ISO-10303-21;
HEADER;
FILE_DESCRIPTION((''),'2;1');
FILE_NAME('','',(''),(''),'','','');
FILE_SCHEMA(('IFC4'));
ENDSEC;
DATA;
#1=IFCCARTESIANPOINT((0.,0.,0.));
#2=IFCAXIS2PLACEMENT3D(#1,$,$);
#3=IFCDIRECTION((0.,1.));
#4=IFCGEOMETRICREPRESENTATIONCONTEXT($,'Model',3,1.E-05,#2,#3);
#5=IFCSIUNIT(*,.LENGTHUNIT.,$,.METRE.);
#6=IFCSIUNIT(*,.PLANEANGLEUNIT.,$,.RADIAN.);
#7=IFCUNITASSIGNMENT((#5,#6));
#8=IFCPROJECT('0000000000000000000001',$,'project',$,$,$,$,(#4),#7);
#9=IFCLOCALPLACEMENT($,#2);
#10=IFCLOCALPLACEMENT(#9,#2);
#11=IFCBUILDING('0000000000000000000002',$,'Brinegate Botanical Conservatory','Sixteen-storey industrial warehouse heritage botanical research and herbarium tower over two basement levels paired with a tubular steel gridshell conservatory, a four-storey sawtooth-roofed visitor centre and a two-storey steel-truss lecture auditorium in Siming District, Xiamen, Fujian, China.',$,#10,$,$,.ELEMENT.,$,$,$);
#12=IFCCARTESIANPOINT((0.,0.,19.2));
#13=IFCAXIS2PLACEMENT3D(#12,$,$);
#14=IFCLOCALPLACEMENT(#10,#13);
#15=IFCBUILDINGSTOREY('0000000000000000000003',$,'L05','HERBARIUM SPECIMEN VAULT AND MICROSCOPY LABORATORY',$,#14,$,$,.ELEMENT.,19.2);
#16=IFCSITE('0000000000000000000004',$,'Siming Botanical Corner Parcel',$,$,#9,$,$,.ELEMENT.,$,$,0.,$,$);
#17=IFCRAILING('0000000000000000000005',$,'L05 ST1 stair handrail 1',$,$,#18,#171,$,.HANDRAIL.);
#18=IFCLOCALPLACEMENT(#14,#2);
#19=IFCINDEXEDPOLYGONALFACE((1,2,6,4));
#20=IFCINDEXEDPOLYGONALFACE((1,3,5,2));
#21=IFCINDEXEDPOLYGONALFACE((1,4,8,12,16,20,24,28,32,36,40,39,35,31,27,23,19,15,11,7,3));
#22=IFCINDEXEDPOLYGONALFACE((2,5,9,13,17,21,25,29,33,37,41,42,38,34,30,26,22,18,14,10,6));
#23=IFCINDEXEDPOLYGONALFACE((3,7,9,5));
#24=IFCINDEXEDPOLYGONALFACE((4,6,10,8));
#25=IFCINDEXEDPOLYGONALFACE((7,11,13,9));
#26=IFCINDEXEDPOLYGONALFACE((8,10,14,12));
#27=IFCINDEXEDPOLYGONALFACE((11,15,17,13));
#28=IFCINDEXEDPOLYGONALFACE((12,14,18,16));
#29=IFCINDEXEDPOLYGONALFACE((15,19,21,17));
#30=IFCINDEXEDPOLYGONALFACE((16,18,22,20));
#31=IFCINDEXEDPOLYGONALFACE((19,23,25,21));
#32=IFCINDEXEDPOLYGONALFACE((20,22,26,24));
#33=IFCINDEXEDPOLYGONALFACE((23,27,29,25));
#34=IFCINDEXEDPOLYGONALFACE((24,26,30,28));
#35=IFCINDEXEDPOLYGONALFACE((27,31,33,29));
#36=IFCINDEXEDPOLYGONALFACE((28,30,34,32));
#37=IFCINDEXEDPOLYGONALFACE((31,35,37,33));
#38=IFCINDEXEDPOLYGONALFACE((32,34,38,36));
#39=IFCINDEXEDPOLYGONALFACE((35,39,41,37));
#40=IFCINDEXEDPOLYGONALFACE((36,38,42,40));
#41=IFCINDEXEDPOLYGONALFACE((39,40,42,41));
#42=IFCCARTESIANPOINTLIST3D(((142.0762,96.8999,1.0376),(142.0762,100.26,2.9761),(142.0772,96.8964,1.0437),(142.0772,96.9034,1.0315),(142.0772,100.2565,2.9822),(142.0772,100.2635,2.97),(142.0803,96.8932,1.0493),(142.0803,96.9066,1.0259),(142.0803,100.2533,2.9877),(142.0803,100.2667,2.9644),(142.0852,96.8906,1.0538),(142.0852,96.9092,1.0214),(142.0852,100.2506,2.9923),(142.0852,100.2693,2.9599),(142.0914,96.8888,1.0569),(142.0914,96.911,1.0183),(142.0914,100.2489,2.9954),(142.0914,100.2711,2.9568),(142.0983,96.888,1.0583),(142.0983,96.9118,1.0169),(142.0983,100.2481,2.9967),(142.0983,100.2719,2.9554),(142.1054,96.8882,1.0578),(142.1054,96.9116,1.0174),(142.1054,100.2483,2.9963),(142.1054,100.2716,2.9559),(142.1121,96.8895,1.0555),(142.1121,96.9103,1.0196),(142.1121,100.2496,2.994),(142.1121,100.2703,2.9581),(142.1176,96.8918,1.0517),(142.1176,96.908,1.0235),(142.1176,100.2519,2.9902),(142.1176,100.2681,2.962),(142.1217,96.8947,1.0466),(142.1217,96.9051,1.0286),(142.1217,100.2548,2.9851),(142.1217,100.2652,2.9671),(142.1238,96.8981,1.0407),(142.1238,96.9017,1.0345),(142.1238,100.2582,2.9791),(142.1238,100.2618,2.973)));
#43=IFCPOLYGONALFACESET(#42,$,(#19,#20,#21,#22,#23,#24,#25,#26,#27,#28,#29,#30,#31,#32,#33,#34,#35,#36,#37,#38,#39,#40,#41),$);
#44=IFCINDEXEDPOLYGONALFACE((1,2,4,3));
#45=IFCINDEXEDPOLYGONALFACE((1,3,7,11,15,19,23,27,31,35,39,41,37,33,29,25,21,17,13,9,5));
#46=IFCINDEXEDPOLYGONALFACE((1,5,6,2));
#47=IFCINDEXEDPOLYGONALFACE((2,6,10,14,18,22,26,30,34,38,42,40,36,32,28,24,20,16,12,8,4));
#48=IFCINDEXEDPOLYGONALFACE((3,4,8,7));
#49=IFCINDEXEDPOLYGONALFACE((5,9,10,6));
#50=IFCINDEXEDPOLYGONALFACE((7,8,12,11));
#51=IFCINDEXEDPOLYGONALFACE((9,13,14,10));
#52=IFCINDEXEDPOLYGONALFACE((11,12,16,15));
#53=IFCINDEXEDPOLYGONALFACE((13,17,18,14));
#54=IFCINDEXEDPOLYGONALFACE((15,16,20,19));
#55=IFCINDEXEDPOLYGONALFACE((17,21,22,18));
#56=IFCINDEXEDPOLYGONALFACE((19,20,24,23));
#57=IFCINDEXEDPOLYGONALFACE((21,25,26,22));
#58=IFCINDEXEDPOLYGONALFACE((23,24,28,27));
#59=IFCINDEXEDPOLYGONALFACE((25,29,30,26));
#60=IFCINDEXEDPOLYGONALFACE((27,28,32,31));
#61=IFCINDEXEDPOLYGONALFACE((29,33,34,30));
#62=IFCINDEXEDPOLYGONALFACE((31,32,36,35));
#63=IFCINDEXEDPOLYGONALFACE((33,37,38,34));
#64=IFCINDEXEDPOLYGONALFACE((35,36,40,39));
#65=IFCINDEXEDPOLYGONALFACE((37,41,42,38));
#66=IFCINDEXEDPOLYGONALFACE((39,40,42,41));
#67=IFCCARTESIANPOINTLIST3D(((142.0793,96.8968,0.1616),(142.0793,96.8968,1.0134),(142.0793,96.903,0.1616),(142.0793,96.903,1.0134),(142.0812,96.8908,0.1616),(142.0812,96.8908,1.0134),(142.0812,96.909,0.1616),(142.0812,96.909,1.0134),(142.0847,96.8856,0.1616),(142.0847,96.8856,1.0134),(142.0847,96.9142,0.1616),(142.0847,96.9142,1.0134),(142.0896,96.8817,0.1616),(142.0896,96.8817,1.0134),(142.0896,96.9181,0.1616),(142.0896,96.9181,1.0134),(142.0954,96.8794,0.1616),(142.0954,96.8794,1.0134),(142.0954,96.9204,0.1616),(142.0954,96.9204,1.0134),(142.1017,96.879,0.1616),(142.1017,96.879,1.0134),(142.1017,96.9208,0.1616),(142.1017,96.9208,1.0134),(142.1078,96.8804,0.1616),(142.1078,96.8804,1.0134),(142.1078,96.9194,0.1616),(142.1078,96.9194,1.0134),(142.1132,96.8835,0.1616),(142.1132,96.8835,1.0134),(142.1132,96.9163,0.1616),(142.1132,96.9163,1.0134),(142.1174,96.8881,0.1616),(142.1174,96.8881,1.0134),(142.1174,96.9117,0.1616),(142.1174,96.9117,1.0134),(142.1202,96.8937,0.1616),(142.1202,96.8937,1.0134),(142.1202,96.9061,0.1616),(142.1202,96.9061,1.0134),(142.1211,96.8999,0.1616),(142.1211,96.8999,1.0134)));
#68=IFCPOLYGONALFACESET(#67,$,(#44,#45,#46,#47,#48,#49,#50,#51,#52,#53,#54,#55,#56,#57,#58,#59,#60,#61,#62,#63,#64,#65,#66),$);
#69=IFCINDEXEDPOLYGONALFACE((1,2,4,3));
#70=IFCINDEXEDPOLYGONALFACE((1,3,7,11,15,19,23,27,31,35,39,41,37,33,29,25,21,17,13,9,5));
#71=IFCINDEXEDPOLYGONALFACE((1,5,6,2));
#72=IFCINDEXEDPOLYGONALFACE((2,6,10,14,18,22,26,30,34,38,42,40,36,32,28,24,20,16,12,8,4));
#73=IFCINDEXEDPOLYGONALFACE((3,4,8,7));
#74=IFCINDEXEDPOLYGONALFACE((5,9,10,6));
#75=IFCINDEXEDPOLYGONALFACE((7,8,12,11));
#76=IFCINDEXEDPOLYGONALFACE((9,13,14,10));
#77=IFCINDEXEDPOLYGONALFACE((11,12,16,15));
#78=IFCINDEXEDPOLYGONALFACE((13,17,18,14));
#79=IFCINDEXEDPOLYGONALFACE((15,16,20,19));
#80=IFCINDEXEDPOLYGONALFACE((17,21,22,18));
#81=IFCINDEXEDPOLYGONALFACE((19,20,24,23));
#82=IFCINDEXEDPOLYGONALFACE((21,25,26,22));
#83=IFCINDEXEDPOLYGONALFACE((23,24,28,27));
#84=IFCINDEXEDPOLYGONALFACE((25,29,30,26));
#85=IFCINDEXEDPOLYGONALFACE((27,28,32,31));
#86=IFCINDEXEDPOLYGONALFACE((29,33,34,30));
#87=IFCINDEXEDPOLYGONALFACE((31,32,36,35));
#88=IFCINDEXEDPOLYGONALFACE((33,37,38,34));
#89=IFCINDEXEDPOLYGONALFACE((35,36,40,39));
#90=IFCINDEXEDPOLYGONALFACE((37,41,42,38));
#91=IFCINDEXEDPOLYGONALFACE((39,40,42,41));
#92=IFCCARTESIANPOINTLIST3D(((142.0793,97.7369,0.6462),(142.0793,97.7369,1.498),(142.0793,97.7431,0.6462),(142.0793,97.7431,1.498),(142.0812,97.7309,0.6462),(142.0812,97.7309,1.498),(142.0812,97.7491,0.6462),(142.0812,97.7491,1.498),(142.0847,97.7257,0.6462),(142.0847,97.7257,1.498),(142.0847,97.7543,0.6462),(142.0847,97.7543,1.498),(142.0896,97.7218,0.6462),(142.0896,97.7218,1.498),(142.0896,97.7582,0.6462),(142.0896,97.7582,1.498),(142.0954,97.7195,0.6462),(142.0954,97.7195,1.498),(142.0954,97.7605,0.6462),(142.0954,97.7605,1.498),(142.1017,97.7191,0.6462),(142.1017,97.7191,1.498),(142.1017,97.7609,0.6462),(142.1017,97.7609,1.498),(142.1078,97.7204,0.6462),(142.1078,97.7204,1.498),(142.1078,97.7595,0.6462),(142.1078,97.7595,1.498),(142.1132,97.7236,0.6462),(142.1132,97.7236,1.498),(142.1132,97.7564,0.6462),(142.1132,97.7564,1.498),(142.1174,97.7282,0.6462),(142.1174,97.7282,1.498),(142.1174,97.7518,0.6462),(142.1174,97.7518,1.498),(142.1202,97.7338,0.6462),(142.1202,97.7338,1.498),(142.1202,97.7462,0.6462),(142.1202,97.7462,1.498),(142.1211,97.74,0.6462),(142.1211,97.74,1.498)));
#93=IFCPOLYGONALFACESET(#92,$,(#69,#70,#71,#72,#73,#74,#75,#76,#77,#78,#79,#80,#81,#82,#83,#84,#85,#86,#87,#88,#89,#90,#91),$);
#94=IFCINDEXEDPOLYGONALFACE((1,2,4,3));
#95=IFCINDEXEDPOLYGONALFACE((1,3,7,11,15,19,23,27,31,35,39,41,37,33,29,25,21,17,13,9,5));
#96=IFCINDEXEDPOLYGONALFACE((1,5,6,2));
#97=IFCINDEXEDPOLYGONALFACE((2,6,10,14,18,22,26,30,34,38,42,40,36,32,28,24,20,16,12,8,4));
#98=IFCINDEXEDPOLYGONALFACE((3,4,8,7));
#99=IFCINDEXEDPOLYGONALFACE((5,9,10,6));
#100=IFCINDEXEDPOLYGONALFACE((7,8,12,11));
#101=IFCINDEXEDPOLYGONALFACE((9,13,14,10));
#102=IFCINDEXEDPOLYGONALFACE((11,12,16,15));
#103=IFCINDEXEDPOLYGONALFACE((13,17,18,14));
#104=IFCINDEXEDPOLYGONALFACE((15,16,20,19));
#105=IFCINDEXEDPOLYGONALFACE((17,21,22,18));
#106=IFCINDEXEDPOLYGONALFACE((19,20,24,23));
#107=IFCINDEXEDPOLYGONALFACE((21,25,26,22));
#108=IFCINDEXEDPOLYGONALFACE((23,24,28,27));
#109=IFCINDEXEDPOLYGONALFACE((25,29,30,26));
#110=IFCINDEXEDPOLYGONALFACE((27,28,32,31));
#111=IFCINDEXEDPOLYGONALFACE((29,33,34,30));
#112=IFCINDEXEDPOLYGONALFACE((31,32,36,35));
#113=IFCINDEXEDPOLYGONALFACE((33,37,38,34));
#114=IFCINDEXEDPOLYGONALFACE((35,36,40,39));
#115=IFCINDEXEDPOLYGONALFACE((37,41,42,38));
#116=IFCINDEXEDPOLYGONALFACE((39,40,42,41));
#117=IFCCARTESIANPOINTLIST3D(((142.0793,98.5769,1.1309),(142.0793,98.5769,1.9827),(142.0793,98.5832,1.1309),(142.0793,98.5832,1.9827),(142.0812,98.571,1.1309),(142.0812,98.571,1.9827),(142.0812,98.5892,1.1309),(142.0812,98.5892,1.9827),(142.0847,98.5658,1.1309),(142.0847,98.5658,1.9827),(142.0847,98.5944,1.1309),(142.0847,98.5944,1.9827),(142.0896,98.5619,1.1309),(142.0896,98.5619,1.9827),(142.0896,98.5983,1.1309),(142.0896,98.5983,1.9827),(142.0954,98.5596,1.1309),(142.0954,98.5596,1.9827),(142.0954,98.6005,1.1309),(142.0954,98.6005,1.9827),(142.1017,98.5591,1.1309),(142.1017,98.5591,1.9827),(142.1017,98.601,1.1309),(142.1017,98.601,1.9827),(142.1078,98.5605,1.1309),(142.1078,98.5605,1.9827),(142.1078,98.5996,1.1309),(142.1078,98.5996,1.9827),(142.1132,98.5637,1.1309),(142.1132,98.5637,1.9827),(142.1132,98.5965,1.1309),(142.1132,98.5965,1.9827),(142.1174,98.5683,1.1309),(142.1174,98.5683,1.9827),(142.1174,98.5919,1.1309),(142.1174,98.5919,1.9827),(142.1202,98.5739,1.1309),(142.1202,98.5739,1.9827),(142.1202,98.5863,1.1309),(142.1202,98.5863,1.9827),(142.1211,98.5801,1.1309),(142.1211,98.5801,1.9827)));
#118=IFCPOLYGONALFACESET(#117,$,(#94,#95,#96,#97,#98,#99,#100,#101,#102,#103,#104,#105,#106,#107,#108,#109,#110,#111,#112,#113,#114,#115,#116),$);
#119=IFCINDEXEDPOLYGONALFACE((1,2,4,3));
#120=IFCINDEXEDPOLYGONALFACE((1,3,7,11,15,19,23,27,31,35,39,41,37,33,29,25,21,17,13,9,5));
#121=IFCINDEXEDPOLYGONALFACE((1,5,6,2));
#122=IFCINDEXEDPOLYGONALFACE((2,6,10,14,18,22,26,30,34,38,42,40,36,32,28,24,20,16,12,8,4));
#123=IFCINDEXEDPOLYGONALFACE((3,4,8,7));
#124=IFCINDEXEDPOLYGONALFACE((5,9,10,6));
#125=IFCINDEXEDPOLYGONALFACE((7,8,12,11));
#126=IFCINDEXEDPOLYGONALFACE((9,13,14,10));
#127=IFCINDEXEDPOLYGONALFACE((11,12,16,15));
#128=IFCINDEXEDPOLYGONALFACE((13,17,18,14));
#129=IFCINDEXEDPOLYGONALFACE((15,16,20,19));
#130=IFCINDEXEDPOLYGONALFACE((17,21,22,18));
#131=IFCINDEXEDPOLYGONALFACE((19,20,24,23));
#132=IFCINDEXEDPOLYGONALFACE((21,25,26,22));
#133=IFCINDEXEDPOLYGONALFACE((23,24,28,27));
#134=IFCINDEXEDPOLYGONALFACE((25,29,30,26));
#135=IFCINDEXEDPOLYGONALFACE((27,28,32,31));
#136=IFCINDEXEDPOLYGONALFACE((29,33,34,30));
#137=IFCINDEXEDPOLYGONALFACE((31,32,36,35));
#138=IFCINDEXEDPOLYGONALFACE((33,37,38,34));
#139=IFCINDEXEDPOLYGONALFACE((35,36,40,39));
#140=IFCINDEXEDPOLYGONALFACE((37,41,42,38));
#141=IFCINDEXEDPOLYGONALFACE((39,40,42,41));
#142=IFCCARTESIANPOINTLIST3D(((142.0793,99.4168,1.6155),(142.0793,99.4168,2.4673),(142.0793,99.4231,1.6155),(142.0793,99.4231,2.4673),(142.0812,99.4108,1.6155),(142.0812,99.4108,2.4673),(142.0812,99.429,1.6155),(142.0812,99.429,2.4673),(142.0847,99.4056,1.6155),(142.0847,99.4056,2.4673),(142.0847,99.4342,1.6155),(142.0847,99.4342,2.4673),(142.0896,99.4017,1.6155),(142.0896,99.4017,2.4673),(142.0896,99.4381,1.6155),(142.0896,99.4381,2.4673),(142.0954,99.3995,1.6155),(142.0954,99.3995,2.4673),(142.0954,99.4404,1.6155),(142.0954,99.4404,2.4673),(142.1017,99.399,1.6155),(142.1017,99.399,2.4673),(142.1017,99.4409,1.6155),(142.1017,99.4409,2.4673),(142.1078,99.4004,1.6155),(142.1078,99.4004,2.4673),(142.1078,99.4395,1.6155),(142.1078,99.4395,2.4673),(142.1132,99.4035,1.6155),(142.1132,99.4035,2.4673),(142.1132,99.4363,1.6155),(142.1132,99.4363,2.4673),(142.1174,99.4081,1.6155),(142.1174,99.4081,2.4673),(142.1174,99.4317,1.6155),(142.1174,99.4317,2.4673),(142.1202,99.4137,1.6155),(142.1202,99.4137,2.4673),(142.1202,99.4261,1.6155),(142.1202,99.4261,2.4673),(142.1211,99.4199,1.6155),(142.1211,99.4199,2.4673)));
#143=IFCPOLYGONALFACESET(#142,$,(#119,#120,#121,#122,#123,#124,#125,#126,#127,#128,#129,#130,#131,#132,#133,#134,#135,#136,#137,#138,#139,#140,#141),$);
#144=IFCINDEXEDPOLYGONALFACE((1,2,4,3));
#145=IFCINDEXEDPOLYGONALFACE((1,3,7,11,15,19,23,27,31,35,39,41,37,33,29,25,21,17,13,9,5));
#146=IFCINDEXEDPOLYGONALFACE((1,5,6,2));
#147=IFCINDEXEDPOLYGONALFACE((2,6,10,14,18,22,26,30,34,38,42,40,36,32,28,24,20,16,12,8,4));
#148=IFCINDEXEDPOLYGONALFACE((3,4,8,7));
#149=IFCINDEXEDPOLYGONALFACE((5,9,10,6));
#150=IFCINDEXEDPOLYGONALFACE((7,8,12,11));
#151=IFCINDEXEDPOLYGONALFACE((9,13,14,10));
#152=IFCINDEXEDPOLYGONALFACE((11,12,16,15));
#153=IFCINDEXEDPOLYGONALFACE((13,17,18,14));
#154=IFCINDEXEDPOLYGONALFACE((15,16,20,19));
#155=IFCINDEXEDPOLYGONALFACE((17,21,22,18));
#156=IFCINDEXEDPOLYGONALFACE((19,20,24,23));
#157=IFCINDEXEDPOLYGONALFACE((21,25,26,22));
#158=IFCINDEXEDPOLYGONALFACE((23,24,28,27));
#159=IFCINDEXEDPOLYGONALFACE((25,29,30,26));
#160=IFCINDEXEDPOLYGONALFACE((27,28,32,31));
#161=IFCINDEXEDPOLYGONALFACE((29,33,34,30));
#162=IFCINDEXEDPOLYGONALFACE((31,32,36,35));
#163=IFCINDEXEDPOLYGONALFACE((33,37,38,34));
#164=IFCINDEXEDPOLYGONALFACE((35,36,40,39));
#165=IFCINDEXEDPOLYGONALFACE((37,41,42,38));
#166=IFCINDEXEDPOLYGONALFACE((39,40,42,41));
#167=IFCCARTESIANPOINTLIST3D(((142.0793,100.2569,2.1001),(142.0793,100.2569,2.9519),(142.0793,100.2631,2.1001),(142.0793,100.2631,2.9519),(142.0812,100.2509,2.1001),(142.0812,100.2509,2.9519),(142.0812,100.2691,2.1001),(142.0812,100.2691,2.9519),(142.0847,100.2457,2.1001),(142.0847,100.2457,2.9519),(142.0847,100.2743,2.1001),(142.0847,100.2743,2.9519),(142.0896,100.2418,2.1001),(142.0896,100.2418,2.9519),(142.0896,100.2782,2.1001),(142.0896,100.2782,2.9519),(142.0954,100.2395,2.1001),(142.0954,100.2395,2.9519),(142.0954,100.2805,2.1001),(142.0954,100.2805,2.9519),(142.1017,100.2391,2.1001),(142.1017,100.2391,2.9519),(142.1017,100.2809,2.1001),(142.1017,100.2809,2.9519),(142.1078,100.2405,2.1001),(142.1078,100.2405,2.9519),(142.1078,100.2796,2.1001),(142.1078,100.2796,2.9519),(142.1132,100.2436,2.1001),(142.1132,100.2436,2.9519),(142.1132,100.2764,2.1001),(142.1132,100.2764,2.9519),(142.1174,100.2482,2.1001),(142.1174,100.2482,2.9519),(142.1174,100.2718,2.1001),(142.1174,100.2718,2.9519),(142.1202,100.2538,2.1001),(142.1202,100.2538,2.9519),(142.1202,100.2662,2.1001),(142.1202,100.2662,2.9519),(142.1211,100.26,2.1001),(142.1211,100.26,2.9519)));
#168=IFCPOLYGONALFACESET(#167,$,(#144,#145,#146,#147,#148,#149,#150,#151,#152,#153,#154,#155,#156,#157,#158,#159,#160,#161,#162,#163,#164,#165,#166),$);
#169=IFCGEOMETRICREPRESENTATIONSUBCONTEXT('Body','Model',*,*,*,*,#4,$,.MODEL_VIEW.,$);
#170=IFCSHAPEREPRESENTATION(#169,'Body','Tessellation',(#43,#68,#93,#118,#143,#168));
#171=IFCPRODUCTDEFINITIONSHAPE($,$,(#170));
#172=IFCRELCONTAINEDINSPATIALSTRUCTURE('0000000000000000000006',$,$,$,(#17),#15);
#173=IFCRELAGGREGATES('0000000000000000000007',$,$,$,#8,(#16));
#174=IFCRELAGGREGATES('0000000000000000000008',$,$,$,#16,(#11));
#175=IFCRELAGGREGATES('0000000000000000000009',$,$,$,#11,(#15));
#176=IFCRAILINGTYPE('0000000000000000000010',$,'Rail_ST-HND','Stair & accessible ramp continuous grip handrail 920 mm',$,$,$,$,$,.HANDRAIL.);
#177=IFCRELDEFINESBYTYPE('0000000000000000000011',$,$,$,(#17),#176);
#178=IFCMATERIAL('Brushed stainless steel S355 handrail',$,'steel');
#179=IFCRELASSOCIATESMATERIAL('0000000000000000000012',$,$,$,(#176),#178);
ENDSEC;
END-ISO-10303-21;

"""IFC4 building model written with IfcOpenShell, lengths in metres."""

from ifc_helpers import new_model, si_unit, direction, frame, origin, origin_2d, place, context, subcontext, project, spatial, circle, extrude, material, type_object, element, save


model = new_model("IFC4")

# Units and contexts
model_context = context("Model", 3, precision=1e-05, world=origin(), true_north=direction((0.0, 1.0)))
body_context = subcontext(model_context, "Body", "Model", "MODEL_VIEW")
ifc_project = project(units=[si_unit("LENGTHUNIT", "METRE"), si_unit("PLANEANGLEUNIT", "RADIAN")], contexts=[model_context])

# Site, building, storey
site_placement = place(None, origin())
site = spatial("IfcSite", under=ifc_project, at=site_placement, Name="Siming Botanical Corner Parcel", CompositionType="ELEMENT", RefElevation=0.0)
building_placement = place(site_placement, origin())
building = spatial("IfcBuilding", under=site, at=building_placement, Name="Brinegate Botanical Conservatory", Description="Sixteen-storey industrial warehouse heritage botanical research and herbarium tower over two basement levels paired with a tubular steel gridshell conservatory, a four-storey sawtooth-roofed visitor centre and a two-storey steel-truss lecture auditorium in Siming District, Xiamen, Fujian, China.", CompositionType="ELEMENT")
storey_placement = place(building_placement, frame((0.0, 0.0, 19.2)))
storey = spatial("IfcBuildingStorey", under=building, at=storey_placement, Name="L05", Description="HERBARIUM SPECIMEN VAULT AND MICROSCOPY LABORATORY", CompositionType="ELEMENT", Elevation=19.2)

# Railing
ifc_material_1 = material(Name="Brushed stainless steel S355 handrail", Category="steel")
railing_type_1 = type_object("IfcRailingType", Name="Rail_ST-HND", Description="Stair & accessible ramp continuous grip handrail 920 mm", PredefinedType="HANDRAIL", material=ifc_material_1)
railing_1_placement = place(storey_placement, frame((142.1001, 96.8999, 0.1616)))
element("IfcRailing", 1, at=railing_1_placement, inside=storey, type_object=railing_type_1, Name="L05 ST1 stair handrail 1", PredefinedType="HANDRAIL", context=body_context, shape_type="SweptSolid", body=[
    extrude(circle(Radius=0.0239, at=origin_2d()), frame((0.0, 0.0, 0.876), z_axis=(0.0, 0.866191, 0.499713), x_axis=(-1.0, 0.0, 0.0)), (0.0, 0.0, 1.0), 3.8792),
    extrude(circle(Radius=0.021, at=origin_2d()), origin(), (0.0, 0.0, 1.0), 0.8518),
    extrude(circle(Radius=0.021, at=origin_2d()), frame((0.0, 0.8401, 0.4846)), (0.0, 0.0, 1.0), 0.8518),
    extrude(circle(Radius=0.021, at=origin_2d()), frame((0.0, 1.6802, 0.9692)), (0.0, 0.0, 1.0), 0.8518),
    extrude(circle(Radius=0.021, at=origin_2d()), frame((0.0, 2.52, 1.4539)), (0.0, 0.0, 1.0), 0.8518),
    extrude(circle(Radius=0.021, at=origin_2d()), frame((0.0, 3.3601, 1.9385)), (0.0, 0.0, 1.0), 0.8518),
])

save(model, "model.ifc")
